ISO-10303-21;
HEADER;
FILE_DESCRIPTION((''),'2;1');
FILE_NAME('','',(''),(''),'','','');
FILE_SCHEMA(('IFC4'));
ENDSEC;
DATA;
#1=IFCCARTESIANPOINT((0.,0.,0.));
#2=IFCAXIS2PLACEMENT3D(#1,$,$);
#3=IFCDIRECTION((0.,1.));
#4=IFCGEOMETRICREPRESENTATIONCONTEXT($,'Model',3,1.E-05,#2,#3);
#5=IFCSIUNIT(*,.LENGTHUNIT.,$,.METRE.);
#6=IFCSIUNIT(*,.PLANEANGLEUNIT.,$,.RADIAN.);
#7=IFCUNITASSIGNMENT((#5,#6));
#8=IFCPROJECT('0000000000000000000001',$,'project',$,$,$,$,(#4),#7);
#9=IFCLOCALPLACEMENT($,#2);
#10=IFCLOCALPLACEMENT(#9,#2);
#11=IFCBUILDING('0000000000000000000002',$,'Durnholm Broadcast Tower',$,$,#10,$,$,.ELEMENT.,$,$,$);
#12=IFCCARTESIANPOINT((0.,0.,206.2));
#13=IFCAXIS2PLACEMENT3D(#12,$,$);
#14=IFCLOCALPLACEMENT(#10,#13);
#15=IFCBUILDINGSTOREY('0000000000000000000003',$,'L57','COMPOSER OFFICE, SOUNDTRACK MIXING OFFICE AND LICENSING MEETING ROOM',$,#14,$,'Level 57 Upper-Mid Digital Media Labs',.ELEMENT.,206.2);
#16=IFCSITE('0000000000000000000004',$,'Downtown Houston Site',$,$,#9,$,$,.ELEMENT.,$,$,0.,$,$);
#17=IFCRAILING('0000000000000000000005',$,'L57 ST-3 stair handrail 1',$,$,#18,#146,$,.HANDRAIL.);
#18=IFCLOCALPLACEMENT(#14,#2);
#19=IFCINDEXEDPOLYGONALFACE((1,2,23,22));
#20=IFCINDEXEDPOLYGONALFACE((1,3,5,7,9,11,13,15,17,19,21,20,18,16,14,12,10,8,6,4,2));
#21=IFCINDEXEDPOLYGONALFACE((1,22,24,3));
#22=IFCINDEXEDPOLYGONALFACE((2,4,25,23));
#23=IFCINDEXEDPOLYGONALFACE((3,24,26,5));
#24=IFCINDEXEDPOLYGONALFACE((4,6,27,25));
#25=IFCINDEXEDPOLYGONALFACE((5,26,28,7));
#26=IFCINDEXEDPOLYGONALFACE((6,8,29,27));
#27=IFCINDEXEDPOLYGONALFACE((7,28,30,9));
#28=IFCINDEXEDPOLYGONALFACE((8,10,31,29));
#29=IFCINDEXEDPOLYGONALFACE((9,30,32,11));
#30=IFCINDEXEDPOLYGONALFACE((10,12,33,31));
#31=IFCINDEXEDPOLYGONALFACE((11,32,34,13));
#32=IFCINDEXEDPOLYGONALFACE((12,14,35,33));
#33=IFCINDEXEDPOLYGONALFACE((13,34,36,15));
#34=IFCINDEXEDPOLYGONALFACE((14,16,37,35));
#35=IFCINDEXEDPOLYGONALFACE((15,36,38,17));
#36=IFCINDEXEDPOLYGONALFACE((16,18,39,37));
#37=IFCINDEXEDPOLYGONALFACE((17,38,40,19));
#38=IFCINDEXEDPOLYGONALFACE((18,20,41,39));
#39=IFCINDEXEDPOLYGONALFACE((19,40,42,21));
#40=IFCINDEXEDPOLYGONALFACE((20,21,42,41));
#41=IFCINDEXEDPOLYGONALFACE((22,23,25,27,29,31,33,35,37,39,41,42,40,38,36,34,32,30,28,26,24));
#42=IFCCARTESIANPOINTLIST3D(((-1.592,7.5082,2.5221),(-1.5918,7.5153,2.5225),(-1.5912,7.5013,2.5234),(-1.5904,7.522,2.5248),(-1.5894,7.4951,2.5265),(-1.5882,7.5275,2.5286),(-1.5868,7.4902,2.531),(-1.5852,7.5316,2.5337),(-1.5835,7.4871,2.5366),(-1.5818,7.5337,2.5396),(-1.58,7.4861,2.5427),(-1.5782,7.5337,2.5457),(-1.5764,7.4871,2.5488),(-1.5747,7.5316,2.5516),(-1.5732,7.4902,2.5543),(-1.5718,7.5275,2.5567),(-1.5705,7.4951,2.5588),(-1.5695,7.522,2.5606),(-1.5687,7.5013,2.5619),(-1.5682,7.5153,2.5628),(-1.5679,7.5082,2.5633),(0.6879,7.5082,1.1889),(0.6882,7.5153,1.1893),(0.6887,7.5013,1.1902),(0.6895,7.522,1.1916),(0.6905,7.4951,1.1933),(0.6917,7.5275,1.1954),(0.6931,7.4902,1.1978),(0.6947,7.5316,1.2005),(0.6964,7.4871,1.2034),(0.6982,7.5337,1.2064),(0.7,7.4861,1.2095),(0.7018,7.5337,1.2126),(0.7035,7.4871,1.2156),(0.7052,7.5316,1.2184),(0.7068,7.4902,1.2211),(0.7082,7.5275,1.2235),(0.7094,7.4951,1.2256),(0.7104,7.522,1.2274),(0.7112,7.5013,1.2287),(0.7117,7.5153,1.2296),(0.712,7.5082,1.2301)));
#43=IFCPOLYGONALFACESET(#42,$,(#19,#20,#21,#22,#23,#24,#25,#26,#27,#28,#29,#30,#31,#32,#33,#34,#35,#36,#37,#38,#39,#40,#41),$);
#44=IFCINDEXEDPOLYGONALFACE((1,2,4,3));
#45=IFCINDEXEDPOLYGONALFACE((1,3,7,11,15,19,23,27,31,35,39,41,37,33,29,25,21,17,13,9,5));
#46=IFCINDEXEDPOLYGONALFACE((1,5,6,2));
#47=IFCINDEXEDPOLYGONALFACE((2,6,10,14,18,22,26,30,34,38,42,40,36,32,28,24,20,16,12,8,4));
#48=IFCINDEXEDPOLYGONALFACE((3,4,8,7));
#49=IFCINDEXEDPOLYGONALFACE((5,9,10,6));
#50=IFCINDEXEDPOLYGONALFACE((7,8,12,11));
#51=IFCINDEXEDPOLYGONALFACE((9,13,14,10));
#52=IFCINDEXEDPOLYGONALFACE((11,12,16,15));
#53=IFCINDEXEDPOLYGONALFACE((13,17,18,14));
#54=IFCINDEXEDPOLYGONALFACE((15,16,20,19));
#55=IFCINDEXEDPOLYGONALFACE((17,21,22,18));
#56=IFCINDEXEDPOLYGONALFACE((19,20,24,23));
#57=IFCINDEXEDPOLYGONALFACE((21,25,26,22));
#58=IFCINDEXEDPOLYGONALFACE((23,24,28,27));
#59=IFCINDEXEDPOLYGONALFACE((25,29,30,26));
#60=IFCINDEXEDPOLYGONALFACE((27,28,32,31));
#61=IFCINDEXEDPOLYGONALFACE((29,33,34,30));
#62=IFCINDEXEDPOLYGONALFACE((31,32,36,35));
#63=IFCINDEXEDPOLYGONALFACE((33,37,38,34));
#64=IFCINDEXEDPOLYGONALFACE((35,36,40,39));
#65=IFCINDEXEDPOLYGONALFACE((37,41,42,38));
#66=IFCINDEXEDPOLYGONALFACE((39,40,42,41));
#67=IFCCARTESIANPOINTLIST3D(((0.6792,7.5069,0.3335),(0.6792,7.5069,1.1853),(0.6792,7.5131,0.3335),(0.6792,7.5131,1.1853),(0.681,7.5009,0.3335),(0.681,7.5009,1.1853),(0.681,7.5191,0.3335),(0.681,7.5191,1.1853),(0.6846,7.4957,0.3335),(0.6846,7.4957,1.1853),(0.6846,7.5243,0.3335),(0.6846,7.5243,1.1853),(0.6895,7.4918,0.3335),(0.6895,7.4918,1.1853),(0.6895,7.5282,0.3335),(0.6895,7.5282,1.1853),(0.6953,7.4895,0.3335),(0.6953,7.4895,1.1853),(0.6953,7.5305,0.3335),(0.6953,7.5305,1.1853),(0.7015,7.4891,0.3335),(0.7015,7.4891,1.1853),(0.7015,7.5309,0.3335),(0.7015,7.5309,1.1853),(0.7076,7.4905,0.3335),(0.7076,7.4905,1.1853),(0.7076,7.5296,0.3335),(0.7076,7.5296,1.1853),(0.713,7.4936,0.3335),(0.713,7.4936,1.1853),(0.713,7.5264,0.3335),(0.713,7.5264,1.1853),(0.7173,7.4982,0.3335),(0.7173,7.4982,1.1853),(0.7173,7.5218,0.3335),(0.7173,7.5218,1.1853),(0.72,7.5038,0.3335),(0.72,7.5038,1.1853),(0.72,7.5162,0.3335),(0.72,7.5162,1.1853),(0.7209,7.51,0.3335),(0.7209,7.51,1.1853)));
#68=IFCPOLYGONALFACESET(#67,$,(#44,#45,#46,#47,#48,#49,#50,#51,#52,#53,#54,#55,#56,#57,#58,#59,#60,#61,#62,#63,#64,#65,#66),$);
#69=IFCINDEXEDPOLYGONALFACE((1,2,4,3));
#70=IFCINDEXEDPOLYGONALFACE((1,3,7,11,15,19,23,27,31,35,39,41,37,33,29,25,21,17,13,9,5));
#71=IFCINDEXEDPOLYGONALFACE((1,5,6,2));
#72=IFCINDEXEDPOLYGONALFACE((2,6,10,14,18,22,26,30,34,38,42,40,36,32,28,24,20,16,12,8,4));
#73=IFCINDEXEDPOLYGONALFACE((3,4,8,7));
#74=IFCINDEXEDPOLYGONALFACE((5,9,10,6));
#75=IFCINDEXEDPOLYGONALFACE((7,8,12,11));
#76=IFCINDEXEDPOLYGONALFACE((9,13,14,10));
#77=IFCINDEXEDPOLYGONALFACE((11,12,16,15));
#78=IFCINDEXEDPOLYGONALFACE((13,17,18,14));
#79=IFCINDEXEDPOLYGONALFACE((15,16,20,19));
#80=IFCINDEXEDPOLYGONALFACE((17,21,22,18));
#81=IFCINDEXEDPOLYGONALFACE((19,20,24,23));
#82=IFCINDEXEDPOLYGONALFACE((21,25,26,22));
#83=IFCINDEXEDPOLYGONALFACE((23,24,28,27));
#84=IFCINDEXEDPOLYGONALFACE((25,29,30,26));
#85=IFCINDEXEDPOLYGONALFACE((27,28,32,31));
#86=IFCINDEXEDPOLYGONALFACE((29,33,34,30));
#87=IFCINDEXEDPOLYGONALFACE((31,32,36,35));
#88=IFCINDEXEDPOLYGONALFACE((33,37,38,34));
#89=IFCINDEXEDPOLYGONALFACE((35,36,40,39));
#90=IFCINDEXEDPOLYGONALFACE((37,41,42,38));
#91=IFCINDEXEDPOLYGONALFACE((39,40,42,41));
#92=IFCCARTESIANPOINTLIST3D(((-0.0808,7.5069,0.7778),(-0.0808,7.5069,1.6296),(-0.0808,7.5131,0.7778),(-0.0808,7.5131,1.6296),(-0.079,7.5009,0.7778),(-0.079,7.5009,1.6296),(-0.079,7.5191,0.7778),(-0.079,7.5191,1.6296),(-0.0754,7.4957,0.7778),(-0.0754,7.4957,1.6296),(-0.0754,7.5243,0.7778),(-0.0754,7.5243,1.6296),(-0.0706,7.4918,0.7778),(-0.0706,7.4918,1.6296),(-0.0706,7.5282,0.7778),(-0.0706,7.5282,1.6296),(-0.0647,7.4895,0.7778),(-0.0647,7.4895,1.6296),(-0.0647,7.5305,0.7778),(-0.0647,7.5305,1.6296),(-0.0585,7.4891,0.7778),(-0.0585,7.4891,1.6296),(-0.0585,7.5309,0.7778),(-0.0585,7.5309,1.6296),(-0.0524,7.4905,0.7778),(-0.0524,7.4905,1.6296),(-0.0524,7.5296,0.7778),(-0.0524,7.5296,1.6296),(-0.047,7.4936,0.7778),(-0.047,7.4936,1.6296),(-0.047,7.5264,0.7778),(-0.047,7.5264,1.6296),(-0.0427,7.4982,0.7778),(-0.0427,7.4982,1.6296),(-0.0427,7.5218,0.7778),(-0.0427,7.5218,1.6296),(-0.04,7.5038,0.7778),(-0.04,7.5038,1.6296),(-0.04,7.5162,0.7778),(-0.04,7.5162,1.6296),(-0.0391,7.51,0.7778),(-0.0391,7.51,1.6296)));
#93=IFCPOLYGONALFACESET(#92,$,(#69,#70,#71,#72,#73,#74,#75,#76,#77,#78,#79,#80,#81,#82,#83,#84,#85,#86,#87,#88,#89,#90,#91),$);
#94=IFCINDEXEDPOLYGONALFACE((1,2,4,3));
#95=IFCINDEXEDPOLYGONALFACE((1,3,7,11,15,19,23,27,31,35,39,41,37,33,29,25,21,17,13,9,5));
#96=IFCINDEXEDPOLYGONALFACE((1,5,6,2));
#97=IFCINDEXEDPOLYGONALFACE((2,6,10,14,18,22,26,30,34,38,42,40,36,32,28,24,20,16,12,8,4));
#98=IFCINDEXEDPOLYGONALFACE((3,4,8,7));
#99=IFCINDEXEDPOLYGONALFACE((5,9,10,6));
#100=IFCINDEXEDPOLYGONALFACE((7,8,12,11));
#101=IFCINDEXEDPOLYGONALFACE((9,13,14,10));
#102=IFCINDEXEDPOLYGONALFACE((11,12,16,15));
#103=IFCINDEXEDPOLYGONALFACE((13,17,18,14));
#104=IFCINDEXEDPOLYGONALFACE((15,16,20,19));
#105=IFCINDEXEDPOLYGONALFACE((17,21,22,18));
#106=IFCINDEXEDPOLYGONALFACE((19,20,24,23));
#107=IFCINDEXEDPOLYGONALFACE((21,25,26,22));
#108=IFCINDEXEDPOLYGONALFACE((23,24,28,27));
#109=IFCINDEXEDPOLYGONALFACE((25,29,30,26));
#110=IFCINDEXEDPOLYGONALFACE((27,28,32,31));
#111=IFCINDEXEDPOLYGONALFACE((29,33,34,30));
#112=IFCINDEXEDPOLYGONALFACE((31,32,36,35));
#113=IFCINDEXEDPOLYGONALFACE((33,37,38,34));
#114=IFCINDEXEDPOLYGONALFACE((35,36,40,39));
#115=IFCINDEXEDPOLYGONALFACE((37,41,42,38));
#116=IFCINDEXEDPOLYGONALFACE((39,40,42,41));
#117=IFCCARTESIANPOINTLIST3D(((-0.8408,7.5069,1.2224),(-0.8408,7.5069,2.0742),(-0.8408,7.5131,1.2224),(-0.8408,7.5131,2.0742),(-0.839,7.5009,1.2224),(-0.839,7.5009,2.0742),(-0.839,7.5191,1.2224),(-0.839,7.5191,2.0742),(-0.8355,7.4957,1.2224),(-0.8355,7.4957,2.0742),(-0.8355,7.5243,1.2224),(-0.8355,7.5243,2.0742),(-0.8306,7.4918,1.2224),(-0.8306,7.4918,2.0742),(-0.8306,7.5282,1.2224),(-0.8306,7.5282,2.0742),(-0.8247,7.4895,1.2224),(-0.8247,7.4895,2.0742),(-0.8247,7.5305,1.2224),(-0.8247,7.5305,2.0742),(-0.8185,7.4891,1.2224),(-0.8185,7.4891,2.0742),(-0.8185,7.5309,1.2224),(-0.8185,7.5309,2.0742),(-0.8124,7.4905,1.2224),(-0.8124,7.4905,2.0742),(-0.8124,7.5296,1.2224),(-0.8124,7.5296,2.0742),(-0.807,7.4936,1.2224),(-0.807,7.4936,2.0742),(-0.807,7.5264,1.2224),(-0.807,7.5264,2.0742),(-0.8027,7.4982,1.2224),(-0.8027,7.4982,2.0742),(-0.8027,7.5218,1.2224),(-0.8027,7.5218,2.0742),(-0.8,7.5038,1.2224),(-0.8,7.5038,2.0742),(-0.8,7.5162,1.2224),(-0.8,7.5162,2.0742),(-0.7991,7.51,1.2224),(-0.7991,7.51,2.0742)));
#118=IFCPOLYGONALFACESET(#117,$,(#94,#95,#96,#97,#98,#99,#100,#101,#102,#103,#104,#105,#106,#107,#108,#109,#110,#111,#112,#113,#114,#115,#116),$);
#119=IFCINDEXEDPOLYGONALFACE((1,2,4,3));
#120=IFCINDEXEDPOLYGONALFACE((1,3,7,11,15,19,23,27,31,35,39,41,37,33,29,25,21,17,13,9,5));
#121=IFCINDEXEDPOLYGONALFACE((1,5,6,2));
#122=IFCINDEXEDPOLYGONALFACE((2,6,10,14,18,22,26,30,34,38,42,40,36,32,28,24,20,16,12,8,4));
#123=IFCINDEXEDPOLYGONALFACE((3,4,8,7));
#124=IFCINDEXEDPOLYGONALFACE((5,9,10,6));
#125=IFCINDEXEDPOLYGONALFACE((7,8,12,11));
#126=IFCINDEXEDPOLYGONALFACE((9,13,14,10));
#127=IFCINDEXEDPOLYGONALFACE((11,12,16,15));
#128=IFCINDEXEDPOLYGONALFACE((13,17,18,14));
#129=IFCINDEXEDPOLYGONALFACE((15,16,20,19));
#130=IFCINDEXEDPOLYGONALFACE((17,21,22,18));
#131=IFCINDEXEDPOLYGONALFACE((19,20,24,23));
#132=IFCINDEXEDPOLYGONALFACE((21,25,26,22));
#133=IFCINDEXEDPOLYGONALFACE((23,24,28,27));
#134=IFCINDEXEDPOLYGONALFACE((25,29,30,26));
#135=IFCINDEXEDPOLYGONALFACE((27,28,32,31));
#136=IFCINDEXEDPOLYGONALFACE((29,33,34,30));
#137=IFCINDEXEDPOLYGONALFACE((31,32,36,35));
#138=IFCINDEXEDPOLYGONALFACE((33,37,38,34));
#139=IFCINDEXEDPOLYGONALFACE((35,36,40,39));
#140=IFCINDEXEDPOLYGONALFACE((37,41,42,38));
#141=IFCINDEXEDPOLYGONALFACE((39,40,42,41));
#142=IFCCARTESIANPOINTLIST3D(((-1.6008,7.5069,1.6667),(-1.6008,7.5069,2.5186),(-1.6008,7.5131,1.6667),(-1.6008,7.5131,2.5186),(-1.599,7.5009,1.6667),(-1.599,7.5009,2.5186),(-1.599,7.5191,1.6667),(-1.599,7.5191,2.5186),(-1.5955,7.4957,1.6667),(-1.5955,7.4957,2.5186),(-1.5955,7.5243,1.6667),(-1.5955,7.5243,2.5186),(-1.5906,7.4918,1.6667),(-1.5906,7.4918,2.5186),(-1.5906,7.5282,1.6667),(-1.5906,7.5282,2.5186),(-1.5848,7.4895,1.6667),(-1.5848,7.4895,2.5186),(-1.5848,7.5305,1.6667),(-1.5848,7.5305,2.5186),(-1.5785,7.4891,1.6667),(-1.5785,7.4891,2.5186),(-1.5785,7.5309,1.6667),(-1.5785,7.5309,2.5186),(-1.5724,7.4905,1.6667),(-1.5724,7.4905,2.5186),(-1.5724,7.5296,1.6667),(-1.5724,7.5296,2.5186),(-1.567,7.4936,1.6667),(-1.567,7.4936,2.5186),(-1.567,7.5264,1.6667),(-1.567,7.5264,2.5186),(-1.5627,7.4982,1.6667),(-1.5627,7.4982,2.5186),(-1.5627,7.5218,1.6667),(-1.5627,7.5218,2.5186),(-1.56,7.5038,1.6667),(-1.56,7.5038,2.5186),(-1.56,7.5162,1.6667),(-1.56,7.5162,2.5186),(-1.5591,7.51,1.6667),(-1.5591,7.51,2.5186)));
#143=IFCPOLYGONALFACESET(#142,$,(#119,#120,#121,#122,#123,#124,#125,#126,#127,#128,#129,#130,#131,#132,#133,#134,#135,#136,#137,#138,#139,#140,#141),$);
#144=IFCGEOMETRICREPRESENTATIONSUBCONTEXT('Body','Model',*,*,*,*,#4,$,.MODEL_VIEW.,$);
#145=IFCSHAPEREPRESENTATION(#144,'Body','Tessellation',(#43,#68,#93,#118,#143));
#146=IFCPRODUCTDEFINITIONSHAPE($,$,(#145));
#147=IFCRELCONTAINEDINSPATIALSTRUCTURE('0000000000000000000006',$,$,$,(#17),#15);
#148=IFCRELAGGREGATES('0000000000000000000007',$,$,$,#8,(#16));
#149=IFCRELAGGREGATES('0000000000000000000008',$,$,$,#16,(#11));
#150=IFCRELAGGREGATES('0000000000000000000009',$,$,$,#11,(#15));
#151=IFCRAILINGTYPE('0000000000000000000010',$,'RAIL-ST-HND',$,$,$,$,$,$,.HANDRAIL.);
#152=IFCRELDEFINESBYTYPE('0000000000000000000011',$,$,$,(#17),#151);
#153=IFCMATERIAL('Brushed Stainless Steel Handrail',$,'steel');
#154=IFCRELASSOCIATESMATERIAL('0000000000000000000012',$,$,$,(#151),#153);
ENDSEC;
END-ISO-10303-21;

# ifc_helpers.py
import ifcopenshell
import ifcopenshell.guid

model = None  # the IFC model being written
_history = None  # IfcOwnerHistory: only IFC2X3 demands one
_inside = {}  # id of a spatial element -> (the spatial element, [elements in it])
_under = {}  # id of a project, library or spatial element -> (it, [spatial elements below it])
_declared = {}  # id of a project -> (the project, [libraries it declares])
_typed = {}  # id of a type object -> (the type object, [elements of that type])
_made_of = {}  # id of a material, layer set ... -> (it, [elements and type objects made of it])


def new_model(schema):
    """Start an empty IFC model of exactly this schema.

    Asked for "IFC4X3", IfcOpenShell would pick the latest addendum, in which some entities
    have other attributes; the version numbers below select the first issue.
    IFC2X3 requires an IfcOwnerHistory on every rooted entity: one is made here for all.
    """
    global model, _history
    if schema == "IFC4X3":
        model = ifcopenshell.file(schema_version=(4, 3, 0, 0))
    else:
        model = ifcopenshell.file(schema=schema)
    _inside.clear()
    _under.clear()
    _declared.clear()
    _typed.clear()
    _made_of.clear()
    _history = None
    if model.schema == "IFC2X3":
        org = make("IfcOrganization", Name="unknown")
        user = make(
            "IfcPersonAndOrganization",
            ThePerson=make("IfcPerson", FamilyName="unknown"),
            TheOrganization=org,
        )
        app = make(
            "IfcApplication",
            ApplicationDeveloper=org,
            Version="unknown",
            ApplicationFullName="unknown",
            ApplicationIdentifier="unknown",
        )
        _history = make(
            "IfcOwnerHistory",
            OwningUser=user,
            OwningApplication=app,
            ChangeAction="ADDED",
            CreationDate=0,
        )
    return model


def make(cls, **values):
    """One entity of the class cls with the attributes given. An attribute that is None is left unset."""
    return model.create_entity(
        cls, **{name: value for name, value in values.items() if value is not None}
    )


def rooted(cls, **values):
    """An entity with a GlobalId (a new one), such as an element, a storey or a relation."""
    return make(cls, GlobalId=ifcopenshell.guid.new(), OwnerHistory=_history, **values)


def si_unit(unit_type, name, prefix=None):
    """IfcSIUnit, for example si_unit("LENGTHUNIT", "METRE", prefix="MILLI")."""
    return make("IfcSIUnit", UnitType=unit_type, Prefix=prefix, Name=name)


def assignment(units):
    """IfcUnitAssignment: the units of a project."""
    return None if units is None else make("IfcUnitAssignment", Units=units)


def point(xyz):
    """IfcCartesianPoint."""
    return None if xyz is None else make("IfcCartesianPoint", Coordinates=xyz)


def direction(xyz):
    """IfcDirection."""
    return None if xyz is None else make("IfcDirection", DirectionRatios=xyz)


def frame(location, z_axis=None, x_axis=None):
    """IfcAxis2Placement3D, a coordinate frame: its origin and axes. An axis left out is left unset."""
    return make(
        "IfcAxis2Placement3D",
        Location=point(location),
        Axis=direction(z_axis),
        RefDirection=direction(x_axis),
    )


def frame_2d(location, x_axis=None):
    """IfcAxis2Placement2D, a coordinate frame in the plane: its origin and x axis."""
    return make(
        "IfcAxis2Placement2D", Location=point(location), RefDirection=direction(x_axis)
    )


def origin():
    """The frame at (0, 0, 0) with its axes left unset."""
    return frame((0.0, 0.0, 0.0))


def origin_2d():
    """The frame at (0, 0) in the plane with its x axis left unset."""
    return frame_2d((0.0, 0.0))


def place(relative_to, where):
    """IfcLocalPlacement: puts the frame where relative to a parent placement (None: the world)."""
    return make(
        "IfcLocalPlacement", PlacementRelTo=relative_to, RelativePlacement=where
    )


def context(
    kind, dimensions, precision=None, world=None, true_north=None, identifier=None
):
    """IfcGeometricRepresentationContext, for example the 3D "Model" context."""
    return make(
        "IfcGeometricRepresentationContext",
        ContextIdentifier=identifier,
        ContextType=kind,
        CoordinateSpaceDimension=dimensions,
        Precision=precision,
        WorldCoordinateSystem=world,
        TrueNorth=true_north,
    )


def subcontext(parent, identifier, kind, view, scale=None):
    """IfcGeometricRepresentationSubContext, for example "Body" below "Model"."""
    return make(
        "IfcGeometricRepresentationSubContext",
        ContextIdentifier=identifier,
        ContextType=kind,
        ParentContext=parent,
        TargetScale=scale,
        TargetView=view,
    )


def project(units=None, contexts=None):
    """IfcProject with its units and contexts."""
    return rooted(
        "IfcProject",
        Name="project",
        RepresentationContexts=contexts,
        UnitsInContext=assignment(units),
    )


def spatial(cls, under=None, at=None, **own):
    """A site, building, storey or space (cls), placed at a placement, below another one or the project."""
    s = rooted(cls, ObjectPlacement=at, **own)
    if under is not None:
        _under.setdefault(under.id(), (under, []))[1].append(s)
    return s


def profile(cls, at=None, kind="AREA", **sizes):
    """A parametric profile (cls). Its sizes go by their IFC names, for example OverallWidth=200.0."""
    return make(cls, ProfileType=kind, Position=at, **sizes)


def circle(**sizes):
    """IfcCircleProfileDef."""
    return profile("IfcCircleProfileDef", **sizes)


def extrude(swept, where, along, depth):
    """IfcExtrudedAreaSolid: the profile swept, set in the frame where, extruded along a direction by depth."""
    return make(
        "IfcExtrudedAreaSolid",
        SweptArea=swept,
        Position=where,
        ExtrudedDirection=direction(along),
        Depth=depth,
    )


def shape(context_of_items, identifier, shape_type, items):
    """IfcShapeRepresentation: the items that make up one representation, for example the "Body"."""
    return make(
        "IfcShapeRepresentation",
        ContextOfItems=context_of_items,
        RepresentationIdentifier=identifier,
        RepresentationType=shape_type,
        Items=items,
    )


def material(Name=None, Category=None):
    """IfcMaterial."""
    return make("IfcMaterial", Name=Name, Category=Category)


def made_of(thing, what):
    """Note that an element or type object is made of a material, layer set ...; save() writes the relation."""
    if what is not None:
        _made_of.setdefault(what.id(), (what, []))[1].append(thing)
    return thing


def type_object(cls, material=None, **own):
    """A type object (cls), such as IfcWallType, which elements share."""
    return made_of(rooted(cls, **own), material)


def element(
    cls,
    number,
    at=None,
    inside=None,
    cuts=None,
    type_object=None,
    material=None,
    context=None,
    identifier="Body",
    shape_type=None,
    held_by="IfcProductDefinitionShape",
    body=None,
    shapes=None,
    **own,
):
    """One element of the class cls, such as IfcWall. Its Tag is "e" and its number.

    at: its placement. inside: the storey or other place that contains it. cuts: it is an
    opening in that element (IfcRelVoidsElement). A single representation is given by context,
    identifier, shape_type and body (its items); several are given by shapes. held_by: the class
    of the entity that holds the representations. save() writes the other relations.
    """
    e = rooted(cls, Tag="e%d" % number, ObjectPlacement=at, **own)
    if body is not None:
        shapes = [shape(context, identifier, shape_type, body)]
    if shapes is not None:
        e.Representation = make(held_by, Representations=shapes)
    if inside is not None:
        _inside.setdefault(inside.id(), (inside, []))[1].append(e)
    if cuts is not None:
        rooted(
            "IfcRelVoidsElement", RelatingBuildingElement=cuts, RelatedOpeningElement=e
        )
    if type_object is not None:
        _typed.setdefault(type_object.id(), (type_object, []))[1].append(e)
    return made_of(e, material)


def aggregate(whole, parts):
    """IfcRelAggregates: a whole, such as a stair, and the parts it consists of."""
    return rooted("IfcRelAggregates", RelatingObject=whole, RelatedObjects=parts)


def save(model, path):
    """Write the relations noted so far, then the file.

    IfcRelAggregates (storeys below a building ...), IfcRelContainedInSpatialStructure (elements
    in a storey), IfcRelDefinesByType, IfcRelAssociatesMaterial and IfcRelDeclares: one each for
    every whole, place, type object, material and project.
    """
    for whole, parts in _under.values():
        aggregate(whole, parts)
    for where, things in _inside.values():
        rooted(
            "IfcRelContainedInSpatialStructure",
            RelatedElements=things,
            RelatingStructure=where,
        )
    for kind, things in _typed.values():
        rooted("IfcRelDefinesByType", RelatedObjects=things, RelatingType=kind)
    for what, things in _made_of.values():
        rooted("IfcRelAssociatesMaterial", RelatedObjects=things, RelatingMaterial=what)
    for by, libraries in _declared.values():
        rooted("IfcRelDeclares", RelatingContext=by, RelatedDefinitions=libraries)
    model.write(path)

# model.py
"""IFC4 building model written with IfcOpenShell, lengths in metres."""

from ifc_helpers import new_model, si_unit, direction, frame, origin, origin_2d, place, context, subcontext, project, spatial, circle, extrude, material, type_object, element, save


model = new_model("IFC4")

# Units and contexts
model_context = context("Model", 3, precision=1e-05, world=origin(), true_north=direction((0.0, 1.0)))
body_context = subcontext(model_context, "Body", "Model", "MODEL_VIEW")
ifc_project = project(units=[si_unit("LENGTHUNIT", "METRE"), si_unit("PLANEANGLEUNIT", "RADIAN")], contexts=[model_context])

# Site, building, storey
site_placement = place(None, origin())
site = spatial("IfcSite", under=ifc_project, at=site_placement, Name="Downtown Houston Site", CompositionType="ELEMENT", RefElevation=0.0)
building_placement = place(site_placement, origin())
building = spatial("IfcBuilding", under=site, at=building_placement, Name="Durnholm Broadcast Tower", CompositionType="ELEMENT")
storey_placement = place(building_placement, frame((0.0, 0.0, 206.2)))
storey = spatial("IfcBuildingStorey", under=building, at=storey_placement, Name="L57", Description="COMPOSER OFFICE, SOUNDTRACK MIXING OFFICE AND LICENSING MEETING ROOM", LongName="Level 57 Upper-Mid Digital Media Labs", CompositionType="ELEMENT", Elevation=206.2)

# Railing
ifc_material_1 = material(Name="Brushed Stainless Steel Handrail", Category="steel")
railing_type_1 = type_object("IfcRailingType", Name="RAIL-ST-HND", PredefinedType="HANDRAIL", material=ifc_material_1)
railing_1_placement = place(storey_placement, frame((0.7, 7.51, 0.3335)))
element("IfcRailing", 1, at=railing_1_placement, inside=storey, type_object=railing_type_1, Name="L57 ST-3 stair handrail 1", PredefinedType="HANDRAIL", context=body_context, shape_type="SweptSolid", body=[
    extrude(circle(Radius=0.0239, at=origin_2d()), frame((0.0, 0.0, 0.876), z_axis=(-0.863245, 0.0, 0.504785), x_axis=(0.0, -1.0, 0.0)), (0.0, 0.0, 1.0), 2.6411),
    extrude(circle(Radius=0.021, at=origin_2d()), origin(), (0.0, 0.0, 1.0), 0.8518),
    extrude(circle(Radius=0.021, at=origin_2d()), frame((-0.76, 0.0, 0.4443)), (0.0, 0.0, 1.0), 0.8518),
    extrude(circle(Radius=0.021, at=origin_2d()), frame((-1.52, 0.0, 0.8889)), (0.0, 0.0, 1.0), 0.8518),
    extrude(circle(Radius=0.021, at=origin_2d()), frame((-2.28, 0.0, 1.3333)), (0.0, 0.0, 1.0), 0.8518),
])

save(model, "model.ifc")
